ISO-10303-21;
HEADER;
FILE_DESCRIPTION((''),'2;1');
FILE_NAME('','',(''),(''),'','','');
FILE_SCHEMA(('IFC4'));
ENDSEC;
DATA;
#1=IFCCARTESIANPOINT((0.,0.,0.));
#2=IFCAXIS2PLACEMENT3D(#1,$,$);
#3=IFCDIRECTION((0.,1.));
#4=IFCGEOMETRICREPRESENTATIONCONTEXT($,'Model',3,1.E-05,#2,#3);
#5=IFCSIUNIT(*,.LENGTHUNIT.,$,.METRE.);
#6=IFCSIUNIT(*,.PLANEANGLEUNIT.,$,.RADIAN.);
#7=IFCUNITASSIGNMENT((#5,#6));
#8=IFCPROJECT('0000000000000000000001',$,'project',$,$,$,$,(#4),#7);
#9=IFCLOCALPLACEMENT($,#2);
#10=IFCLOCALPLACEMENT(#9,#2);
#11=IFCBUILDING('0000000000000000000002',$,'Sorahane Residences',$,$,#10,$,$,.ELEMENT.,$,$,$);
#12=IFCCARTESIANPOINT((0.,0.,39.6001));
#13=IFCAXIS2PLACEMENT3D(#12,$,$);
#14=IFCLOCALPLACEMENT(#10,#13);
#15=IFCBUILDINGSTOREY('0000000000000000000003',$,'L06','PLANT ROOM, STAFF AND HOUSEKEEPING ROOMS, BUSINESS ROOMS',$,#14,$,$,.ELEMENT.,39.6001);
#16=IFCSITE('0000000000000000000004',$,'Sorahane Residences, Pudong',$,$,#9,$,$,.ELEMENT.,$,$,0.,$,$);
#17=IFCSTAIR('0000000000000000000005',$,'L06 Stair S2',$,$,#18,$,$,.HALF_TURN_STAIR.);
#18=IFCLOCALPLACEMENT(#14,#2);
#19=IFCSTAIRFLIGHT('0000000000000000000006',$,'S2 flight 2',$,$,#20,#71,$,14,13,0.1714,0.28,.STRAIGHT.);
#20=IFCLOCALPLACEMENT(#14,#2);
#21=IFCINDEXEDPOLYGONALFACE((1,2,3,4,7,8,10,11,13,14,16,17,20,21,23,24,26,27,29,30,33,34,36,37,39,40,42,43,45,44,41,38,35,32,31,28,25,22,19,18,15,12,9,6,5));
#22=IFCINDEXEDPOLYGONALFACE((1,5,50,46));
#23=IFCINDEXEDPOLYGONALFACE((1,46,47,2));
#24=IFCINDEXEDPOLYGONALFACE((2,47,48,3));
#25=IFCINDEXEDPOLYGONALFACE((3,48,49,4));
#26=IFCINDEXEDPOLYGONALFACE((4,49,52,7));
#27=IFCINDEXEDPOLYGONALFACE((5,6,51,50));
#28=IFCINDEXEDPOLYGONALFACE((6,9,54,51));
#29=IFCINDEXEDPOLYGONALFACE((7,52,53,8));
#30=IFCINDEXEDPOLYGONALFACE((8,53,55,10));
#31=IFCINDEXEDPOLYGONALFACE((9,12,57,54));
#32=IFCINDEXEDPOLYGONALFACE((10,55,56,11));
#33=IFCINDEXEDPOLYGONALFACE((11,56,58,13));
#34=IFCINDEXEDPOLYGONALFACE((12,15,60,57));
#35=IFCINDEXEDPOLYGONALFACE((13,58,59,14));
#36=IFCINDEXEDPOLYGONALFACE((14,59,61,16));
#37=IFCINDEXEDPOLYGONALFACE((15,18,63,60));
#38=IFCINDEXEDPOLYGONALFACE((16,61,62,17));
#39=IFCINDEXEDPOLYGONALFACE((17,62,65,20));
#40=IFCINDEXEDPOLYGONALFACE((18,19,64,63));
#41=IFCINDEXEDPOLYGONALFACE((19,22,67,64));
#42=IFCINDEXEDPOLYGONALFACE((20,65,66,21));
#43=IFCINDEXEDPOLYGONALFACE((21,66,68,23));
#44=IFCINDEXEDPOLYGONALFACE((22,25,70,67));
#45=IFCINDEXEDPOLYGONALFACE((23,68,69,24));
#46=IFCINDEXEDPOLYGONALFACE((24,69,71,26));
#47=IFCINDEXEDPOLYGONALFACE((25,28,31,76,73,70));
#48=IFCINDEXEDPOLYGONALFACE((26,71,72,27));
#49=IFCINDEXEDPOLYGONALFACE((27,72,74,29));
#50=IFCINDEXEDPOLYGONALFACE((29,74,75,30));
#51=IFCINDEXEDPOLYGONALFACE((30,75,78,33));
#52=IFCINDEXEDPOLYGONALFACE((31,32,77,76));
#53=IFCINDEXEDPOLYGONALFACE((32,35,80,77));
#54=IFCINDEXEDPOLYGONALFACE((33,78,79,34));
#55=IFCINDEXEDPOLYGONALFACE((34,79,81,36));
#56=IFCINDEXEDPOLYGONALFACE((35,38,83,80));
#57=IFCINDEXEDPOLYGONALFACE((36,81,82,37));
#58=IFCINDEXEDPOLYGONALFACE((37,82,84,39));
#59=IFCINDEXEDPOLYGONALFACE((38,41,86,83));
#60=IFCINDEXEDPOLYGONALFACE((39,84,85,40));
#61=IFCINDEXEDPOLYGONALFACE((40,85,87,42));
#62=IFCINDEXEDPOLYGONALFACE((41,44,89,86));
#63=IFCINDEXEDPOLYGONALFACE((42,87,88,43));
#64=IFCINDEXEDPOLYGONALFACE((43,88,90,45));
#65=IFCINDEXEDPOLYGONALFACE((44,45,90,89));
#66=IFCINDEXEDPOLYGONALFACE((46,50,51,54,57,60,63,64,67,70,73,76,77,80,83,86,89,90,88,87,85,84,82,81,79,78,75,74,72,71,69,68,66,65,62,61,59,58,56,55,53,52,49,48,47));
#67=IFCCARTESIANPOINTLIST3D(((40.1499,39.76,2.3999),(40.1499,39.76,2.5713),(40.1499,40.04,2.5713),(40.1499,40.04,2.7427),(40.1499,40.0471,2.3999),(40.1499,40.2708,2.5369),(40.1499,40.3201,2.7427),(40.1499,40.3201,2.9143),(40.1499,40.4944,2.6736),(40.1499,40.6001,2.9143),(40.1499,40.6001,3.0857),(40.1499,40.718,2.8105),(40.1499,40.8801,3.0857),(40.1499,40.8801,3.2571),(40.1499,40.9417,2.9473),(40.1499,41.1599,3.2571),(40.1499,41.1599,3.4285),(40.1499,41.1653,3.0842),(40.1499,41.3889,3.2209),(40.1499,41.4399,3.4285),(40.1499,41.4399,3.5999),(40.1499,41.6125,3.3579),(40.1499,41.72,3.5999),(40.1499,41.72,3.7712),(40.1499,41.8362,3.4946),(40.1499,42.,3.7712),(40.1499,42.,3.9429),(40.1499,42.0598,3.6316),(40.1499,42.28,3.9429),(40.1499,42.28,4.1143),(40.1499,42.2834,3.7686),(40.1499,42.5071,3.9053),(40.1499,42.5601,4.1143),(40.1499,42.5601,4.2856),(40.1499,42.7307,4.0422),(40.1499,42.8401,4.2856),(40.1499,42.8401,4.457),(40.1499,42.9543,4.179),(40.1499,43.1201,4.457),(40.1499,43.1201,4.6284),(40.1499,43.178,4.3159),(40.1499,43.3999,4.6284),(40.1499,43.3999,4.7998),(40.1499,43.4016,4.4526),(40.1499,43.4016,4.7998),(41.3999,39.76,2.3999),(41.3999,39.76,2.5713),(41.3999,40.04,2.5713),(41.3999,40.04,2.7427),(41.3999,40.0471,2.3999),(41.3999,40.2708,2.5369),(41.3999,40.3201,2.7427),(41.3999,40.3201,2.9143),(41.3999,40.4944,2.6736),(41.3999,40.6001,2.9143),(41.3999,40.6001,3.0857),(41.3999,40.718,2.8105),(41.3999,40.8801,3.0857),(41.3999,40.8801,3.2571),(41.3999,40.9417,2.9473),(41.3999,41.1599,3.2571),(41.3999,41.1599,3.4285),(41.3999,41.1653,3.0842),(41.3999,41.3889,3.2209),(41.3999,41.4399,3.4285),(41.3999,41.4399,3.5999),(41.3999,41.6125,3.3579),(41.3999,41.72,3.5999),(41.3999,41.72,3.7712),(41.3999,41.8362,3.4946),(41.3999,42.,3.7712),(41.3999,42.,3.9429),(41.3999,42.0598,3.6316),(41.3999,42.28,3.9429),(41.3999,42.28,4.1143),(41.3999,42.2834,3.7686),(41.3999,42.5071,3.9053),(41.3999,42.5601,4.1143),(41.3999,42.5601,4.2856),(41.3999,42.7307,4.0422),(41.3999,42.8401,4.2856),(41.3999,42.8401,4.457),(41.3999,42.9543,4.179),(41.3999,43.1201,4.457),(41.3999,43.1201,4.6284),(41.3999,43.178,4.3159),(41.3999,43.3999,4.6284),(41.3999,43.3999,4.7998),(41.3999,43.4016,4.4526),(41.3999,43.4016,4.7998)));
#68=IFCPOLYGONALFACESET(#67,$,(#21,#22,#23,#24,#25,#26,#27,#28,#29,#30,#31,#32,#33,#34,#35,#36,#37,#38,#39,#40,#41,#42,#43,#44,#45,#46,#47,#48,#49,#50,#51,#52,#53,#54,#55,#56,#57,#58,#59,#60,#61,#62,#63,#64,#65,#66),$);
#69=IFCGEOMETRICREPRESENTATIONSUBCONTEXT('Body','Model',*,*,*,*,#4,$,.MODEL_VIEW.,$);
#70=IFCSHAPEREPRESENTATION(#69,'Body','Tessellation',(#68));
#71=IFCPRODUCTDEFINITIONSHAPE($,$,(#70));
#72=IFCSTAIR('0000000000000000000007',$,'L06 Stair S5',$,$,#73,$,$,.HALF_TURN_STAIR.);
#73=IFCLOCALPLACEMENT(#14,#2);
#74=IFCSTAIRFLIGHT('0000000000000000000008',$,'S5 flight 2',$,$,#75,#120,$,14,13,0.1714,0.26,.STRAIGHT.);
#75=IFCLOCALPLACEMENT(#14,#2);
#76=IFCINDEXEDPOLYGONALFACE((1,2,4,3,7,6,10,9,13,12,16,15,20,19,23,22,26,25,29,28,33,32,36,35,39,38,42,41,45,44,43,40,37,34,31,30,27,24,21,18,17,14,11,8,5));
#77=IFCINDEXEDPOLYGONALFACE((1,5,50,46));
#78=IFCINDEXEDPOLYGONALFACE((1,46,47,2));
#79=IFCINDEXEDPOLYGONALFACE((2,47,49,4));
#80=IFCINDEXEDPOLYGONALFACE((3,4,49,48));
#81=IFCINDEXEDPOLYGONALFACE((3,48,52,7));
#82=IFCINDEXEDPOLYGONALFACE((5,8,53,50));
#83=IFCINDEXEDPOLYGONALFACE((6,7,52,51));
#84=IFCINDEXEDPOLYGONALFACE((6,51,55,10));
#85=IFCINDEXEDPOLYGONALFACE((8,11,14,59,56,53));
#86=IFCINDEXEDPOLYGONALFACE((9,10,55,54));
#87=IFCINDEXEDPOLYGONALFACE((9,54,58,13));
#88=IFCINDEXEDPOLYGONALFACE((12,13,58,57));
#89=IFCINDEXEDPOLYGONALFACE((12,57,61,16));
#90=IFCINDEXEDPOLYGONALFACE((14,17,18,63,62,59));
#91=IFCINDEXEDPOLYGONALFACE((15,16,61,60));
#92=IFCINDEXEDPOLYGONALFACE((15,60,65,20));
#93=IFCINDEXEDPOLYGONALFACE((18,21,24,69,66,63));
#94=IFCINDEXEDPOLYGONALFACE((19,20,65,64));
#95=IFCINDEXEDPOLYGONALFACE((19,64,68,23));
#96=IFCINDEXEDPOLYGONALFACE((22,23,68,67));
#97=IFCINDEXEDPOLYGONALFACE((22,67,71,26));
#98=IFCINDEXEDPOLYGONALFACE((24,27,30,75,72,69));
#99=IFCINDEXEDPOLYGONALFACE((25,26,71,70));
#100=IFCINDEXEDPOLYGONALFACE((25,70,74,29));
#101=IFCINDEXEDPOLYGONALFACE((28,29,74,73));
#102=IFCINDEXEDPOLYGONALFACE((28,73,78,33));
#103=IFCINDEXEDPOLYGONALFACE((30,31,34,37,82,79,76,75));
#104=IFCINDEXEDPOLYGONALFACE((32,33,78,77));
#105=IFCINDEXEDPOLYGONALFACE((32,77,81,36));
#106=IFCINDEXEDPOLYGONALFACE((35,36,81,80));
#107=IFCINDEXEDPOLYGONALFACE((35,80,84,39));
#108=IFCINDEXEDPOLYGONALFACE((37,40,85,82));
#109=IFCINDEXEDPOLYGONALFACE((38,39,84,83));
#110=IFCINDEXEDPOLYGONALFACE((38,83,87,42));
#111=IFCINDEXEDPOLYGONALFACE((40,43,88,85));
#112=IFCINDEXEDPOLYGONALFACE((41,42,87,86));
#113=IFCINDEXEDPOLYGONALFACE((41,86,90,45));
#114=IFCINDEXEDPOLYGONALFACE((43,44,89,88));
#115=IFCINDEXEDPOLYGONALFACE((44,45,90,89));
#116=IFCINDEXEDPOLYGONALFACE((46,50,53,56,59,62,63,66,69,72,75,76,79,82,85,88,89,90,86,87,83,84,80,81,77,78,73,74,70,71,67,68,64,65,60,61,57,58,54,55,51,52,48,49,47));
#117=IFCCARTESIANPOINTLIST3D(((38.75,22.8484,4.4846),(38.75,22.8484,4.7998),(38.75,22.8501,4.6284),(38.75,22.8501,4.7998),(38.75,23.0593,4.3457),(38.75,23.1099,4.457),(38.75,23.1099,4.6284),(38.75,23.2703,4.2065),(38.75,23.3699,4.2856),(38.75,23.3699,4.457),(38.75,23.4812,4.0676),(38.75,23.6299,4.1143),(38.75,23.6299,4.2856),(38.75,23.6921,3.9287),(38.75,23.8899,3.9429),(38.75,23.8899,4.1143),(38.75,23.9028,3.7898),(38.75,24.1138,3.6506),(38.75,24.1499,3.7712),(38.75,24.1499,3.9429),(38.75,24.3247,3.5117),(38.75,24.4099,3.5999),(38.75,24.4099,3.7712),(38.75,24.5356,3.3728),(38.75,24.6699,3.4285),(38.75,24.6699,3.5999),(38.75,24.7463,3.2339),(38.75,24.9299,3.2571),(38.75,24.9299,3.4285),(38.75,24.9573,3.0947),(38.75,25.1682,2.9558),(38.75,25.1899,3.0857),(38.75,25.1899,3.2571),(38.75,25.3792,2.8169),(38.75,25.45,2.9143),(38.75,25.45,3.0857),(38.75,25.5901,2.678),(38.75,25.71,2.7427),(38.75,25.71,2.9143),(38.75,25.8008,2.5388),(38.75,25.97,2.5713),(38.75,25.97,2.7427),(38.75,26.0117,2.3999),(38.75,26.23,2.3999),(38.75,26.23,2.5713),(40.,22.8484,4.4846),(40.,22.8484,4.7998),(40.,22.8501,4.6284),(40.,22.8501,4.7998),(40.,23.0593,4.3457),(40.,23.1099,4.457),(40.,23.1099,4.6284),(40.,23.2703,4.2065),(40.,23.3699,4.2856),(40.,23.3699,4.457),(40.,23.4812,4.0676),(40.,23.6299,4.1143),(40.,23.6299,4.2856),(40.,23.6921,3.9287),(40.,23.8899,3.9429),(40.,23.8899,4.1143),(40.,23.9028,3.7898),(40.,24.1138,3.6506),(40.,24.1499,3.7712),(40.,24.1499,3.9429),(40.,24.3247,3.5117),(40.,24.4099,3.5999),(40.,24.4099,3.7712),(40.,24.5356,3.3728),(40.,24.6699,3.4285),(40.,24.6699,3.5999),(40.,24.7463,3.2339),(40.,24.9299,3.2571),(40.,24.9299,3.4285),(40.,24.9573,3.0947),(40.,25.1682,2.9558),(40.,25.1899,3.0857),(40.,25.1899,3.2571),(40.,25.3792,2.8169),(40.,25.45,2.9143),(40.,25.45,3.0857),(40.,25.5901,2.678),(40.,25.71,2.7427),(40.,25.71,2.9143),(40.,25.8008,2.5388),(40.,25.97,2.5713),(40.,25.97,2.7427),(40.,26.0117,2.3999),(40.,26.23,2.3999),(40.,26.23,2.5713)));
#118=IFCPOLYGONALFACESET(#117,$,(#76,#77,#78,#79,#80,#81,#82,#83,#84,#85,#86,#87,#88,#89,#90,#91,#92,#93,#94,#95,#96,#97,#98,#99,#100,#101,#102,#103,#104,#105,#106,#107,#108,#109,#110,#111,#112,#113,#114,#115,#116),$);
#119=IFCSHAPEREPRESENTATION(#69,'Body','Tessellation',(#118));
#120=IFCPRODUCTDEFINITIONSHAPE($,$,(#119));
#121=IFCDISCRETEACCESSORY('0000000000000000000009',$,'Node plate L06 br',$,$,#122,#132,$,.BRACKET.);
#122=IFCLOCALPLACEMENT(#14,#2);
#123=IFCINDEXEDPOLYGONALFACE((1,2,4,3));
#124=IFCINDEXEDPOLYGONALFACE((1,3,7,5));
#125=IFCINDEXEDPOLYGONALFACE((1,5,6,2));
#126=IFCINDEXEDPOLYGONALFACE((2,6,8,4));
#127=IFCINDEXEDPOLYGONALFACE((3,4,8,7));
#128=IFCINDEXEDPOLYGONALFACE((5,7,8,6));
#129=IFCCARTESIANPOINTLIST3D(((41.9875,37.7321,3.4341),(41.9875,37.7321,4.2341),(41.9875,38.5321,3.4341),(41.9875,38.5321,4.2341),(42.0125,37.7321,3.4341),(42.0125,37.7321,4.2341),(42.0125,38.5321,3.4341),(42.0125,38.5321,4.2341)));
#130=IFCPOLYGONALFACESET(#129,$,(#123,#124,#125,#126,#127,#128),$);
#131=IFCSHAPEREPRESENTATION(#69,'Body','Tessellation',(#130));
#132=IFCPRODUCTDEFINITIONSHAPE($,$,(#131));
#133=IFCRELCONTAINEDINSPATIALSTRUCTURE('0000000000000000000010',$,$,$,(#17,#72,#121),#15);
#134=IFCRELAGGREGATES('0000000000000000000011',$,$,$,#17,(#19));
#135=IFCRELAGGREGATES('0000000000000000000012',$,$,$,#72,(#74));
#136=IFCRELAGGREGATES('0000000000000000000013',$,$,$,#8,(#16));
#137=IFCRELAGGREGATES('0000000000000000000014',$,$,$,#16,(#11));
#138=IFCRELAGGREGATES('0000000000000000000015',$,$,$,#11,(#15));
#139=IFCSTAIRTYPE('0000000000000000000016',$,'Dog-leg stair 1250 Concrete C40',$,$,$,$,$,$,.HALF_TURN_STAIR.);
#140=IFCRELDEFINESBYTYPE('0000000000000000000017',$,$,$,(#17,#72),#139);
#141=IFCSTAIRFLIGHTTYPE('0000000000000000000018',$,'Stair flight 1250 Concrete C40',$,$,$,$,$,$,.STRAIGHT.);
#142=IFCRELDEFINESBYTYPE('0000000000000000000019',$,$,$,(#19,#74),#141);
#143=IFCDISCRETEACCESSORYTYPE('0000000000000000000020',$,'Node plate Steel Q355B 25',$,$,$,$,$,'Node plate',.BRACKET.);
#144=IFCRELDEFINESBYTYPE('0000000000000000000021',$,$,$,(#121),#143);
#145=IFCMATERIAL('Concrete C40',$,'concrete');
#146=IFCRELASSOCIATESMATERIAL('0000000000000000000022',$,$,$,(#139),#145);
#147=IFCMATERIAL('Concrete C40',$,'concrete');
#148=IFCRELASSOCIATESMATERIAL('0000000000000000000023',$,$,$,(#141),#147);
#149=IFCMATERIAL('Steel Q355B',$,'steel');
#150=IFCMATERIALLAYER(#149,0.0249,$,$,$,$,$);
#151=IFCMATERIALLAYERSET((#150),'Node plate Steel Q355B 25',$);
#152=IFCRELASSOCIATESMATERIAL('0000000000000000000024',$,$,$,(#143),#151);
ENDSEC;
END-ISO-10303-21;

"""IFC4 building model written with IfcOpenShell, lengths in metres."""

from ifc_helpers import new_model, si_unit, direction, frame, origin, origin_2d, place, context, subcontext, project, spatial, polyline, rectangle, outline, extrude, material, layer, layer_set, type_object, element, aggregate, save


model = new_model("IFC4")

# Units and contexts
model_context = context("Model", 3, precision=1e-05, world=origin(), true_north=direction((0.0, 1.0)))
body_context = subcontext(model_context, "Body", "Model", "MODEL_VIEW")
ifc_project = project(units=[si_unit("LENGTHUNIT", "METRE"), si_unit("PLANEANGLEUNIT", "RADIAN")], contexts=[model_context])

# Site, building, storey
site_placement = place(None, origin())
site = spatial("IfcSite", under=ifc_project, at=site_placement, Name="Sorahane Residences, Pudong", CompositionType="ELEMENT", RefElevation=0.0)
building_placement = place(site_placement, origin())
building = spatial("IfcBuilding", under=site, at=building_placement, Name="Sorahane Residences", CompositionType="ELEMENT")
storey_placement = place(building_placement, frame((0.0, 0.0, 39.6001)))
storey = spatial("IfcBuildingStorey", under=building, at=storey_placement, Name="L06", Description="PLANT ROOM, STAFF AND HOUSEKEEPING ROOMS, BUSINESS ROOMS", CompositionType="ELEMENT", Elevation=39.6001)

# Stairs, stair flights
ifc_material_1 = material(Name="Concrete C40", Category="concrete")
stair_type = type_object("IfcStairType", Name="Dog-leg stair 1250 Concrete C40", PredefinedType="HALF_TURN_STAIR", material=ifc_material_1)
stair_1_placement = place(storey_placement, origin())
stair_1 = element("IfcStair", 1, at=stair_1_placement, inside=storey, type_object=stair_type, Name="L06 Stair S2", PredefinedType="HALF_TURN_STAIR")
ifc_material_2 = material(Name="Concrete C40", Category="concrete")
stair_flight_type = type_object("IfcStairFlightType", Name="Stair flight 1250 Concrete C40", PredefinedType="STRAIGHT", material=ifc_material_2)
stair_flight_1_placement = place(storey_placement, frame((40.7749, 39.76, 2.3999), z_axis=(0.0, 0.0, 1.0), x_axis=(0.0, 1.0, 0.0)))
stair_flight_1 = element("IfcStairFlight", 2, at=stair_flight_1_placement, type_object=stair_flight_type, Name="S2 flight 2", NumberOfRisers=14, NumberOfTreads=13, PredefinedType="STRAIGHT", RiserHeight=0.1714, TreadLength=0.28, context=body_context, shape_type="SweptSolid", body=[
    extrude(outline(polyline([(0.0, 0.0), (0.0, 0.1714), (0.28, 0.1714), (0.28, 0.3428), (0.5601, 0.3428), (0.5601, 0.5144), (0.8401, 0.5144), (0.8401, 0.6858), (1.1201, 0.6858), (1.1201, 0.8572), (1.3999, 0.8572), (1.3999, 1.0286), (1.6799, 1.0286), (1.6799, 1.2), (1.96, 1.2), (1.96, 1.3713), (2.24, 1.3713), (2.24, 1.543), (2.52, 1.543), (2.52, 1.7144), (2.8, 1.7144), (2.8, 1.8857), (3.0801, 1.8857), (3.0801, 2.0571), (3.3601, 2.0571), (3.3601, 2.2285), (3.6399, 2.2285), (3.6399, 2.3999), (3.6416, 2.3999), (3.6416, 2.0527), (3.418, 1.916), (3.1943, 1.7791), (2.9707, 1.6423), (2.7471, 1.5054), (2.5234, 1.3687), (2.2998, 1.2317), (2.0762, 1.0947), (1.8525, 0.958), (1.6289, 0.821), (1.4053, 0.6843), (1.1816, 0.5474), (0.958, 0.4106), (0.7344, 0.2737), (0.5107, 0.137), (0.2871, 0.0), (0.0, 0.0)])), frame((0.0, 0.625, 0.0), z_axis=(0.0, -1.0, 0.0), x_axis=(1.0, 0.0, 0.0)), (0.0, 0.0, 1.0), 1.25),
])
aggregate(stair_1, [stair_flight_1])
stair_2_placement = place(storey_placement, origin())
stair_2 = element("IfcStair", 3, at=stair_2_placement, inside=storey, type_object=stair_type, Name="L06 Stair S5", PredefinedType="HALF_TURN_STAIR")
stair_flight_2_placement = place(storey_placement, frame((39.375, 26.23, 2.3999), z_axis=(0.0, 0.0, 1.0), x_axis=(0.0, -1.0, 0.0)))
stair_flight_2 = element("IfcStairFlight", 4, at=stair_flight_2_placement, type_object=stair_flight_type, Name="S5 flight 2", NumberOfRisers=14, NumberOfTreads=13, PredefinedType="STRAIGHT", RiserHeight=0.1714, TreadLength=0.26, context=body_context, shape_type="SweptSolid", body=[
    extrude(outline(polyline([(0.0, 0.0), (0.0, 0.1714), (0.26, 0.1714), (0.26, 0.3428), (0.52, 0.3428), (0.52, 0.5144), (0.78, 0.5144), (0.78, 0.6858), (1.04, 0.6858), (1.04, 0.8572), (1.3, 0.8572), (1.3, 1.0286), (1.5601, 1.0286), (1.5601, 1.2), (1.8201, 1.2), (1.8201, 1.3713), (2.0801, 1.3713), (2.0801, 1.543), (2.3401, 1.543), (2.3401, 1.7144), (2.6001, 1.7144), (2.6001, 1.8857), (2.8601, 1.8857), (2.8601, 2.0571), (3.1201, 2.0571), (3.1201, 2.2285), (3.3799, 2.2285), (3.3799, 2.3999), (3.3816, 2.3999), (3.3816, 2.0847), (3.1707, 1.9458), (2.9597, 1.8066), (2.7488, 1.6677), (2.5378, 1.5288), (2.3271, 1.3899), (2.1162, 1.2507), (1.9053, 1.1118), (1.6943, 0.9729), (1.4836, 0.834), (1.2727, 0.6948), (1.0618, 0.5559), (0.8508, 0.417), (0.6399, 0.2781), (0.4292, 0.1389), (0.2183, 0.0), (0.0, 0.0)])), frame((0.0, 0.625, 0.0), z_axis=(0.0, -1.0, 0.0), x_axis=(1.0, 0.0, 0.0)), (0.0, 0.0, 1.0), 1.25),
])
aggregate(stair_2, [stair_flight_2])

# Discrete accessory
ifc_material_3 = material(Name="Steel Q355B", Category="steel")
ifc_layer_1 = layer(ifc_material_3, 0.0249)
ifc_layer_set_1 = layer_set([ifc_layer_1], Name="Node plate Steel Q355B 25")
discrete_accessory_type = type_object("IfcDiscreteAccessoryType", Name="Node plate Steel Q355B 25", ElementType="Node plate", PredefinedType="BRACKET", material=ifc_layer_set_1)
discrete_accessory_placement = place(storey_placement, frame((42.0, 38.1321, 3.4341), z_axis=(0.0, 0.0, 1.0), x_axis=(0.0, 1.0, 0.0)))
element("IfcDiscreteAccessory", 5, at=discrete_accessory_placement, inside=storey, type_object=discrete_accessory_type, Name="Node plate L06 br", PredefinedType="BRACKET", context=body_context, shape_type="SweptSolid", body=[
    extrude(rectangle(XDim=0.8, YDim=0.0249, at=origin_2d()), origin(), (0.0, 0.0, 1.0), 0.8),
])

save(model, "model.ifc")
